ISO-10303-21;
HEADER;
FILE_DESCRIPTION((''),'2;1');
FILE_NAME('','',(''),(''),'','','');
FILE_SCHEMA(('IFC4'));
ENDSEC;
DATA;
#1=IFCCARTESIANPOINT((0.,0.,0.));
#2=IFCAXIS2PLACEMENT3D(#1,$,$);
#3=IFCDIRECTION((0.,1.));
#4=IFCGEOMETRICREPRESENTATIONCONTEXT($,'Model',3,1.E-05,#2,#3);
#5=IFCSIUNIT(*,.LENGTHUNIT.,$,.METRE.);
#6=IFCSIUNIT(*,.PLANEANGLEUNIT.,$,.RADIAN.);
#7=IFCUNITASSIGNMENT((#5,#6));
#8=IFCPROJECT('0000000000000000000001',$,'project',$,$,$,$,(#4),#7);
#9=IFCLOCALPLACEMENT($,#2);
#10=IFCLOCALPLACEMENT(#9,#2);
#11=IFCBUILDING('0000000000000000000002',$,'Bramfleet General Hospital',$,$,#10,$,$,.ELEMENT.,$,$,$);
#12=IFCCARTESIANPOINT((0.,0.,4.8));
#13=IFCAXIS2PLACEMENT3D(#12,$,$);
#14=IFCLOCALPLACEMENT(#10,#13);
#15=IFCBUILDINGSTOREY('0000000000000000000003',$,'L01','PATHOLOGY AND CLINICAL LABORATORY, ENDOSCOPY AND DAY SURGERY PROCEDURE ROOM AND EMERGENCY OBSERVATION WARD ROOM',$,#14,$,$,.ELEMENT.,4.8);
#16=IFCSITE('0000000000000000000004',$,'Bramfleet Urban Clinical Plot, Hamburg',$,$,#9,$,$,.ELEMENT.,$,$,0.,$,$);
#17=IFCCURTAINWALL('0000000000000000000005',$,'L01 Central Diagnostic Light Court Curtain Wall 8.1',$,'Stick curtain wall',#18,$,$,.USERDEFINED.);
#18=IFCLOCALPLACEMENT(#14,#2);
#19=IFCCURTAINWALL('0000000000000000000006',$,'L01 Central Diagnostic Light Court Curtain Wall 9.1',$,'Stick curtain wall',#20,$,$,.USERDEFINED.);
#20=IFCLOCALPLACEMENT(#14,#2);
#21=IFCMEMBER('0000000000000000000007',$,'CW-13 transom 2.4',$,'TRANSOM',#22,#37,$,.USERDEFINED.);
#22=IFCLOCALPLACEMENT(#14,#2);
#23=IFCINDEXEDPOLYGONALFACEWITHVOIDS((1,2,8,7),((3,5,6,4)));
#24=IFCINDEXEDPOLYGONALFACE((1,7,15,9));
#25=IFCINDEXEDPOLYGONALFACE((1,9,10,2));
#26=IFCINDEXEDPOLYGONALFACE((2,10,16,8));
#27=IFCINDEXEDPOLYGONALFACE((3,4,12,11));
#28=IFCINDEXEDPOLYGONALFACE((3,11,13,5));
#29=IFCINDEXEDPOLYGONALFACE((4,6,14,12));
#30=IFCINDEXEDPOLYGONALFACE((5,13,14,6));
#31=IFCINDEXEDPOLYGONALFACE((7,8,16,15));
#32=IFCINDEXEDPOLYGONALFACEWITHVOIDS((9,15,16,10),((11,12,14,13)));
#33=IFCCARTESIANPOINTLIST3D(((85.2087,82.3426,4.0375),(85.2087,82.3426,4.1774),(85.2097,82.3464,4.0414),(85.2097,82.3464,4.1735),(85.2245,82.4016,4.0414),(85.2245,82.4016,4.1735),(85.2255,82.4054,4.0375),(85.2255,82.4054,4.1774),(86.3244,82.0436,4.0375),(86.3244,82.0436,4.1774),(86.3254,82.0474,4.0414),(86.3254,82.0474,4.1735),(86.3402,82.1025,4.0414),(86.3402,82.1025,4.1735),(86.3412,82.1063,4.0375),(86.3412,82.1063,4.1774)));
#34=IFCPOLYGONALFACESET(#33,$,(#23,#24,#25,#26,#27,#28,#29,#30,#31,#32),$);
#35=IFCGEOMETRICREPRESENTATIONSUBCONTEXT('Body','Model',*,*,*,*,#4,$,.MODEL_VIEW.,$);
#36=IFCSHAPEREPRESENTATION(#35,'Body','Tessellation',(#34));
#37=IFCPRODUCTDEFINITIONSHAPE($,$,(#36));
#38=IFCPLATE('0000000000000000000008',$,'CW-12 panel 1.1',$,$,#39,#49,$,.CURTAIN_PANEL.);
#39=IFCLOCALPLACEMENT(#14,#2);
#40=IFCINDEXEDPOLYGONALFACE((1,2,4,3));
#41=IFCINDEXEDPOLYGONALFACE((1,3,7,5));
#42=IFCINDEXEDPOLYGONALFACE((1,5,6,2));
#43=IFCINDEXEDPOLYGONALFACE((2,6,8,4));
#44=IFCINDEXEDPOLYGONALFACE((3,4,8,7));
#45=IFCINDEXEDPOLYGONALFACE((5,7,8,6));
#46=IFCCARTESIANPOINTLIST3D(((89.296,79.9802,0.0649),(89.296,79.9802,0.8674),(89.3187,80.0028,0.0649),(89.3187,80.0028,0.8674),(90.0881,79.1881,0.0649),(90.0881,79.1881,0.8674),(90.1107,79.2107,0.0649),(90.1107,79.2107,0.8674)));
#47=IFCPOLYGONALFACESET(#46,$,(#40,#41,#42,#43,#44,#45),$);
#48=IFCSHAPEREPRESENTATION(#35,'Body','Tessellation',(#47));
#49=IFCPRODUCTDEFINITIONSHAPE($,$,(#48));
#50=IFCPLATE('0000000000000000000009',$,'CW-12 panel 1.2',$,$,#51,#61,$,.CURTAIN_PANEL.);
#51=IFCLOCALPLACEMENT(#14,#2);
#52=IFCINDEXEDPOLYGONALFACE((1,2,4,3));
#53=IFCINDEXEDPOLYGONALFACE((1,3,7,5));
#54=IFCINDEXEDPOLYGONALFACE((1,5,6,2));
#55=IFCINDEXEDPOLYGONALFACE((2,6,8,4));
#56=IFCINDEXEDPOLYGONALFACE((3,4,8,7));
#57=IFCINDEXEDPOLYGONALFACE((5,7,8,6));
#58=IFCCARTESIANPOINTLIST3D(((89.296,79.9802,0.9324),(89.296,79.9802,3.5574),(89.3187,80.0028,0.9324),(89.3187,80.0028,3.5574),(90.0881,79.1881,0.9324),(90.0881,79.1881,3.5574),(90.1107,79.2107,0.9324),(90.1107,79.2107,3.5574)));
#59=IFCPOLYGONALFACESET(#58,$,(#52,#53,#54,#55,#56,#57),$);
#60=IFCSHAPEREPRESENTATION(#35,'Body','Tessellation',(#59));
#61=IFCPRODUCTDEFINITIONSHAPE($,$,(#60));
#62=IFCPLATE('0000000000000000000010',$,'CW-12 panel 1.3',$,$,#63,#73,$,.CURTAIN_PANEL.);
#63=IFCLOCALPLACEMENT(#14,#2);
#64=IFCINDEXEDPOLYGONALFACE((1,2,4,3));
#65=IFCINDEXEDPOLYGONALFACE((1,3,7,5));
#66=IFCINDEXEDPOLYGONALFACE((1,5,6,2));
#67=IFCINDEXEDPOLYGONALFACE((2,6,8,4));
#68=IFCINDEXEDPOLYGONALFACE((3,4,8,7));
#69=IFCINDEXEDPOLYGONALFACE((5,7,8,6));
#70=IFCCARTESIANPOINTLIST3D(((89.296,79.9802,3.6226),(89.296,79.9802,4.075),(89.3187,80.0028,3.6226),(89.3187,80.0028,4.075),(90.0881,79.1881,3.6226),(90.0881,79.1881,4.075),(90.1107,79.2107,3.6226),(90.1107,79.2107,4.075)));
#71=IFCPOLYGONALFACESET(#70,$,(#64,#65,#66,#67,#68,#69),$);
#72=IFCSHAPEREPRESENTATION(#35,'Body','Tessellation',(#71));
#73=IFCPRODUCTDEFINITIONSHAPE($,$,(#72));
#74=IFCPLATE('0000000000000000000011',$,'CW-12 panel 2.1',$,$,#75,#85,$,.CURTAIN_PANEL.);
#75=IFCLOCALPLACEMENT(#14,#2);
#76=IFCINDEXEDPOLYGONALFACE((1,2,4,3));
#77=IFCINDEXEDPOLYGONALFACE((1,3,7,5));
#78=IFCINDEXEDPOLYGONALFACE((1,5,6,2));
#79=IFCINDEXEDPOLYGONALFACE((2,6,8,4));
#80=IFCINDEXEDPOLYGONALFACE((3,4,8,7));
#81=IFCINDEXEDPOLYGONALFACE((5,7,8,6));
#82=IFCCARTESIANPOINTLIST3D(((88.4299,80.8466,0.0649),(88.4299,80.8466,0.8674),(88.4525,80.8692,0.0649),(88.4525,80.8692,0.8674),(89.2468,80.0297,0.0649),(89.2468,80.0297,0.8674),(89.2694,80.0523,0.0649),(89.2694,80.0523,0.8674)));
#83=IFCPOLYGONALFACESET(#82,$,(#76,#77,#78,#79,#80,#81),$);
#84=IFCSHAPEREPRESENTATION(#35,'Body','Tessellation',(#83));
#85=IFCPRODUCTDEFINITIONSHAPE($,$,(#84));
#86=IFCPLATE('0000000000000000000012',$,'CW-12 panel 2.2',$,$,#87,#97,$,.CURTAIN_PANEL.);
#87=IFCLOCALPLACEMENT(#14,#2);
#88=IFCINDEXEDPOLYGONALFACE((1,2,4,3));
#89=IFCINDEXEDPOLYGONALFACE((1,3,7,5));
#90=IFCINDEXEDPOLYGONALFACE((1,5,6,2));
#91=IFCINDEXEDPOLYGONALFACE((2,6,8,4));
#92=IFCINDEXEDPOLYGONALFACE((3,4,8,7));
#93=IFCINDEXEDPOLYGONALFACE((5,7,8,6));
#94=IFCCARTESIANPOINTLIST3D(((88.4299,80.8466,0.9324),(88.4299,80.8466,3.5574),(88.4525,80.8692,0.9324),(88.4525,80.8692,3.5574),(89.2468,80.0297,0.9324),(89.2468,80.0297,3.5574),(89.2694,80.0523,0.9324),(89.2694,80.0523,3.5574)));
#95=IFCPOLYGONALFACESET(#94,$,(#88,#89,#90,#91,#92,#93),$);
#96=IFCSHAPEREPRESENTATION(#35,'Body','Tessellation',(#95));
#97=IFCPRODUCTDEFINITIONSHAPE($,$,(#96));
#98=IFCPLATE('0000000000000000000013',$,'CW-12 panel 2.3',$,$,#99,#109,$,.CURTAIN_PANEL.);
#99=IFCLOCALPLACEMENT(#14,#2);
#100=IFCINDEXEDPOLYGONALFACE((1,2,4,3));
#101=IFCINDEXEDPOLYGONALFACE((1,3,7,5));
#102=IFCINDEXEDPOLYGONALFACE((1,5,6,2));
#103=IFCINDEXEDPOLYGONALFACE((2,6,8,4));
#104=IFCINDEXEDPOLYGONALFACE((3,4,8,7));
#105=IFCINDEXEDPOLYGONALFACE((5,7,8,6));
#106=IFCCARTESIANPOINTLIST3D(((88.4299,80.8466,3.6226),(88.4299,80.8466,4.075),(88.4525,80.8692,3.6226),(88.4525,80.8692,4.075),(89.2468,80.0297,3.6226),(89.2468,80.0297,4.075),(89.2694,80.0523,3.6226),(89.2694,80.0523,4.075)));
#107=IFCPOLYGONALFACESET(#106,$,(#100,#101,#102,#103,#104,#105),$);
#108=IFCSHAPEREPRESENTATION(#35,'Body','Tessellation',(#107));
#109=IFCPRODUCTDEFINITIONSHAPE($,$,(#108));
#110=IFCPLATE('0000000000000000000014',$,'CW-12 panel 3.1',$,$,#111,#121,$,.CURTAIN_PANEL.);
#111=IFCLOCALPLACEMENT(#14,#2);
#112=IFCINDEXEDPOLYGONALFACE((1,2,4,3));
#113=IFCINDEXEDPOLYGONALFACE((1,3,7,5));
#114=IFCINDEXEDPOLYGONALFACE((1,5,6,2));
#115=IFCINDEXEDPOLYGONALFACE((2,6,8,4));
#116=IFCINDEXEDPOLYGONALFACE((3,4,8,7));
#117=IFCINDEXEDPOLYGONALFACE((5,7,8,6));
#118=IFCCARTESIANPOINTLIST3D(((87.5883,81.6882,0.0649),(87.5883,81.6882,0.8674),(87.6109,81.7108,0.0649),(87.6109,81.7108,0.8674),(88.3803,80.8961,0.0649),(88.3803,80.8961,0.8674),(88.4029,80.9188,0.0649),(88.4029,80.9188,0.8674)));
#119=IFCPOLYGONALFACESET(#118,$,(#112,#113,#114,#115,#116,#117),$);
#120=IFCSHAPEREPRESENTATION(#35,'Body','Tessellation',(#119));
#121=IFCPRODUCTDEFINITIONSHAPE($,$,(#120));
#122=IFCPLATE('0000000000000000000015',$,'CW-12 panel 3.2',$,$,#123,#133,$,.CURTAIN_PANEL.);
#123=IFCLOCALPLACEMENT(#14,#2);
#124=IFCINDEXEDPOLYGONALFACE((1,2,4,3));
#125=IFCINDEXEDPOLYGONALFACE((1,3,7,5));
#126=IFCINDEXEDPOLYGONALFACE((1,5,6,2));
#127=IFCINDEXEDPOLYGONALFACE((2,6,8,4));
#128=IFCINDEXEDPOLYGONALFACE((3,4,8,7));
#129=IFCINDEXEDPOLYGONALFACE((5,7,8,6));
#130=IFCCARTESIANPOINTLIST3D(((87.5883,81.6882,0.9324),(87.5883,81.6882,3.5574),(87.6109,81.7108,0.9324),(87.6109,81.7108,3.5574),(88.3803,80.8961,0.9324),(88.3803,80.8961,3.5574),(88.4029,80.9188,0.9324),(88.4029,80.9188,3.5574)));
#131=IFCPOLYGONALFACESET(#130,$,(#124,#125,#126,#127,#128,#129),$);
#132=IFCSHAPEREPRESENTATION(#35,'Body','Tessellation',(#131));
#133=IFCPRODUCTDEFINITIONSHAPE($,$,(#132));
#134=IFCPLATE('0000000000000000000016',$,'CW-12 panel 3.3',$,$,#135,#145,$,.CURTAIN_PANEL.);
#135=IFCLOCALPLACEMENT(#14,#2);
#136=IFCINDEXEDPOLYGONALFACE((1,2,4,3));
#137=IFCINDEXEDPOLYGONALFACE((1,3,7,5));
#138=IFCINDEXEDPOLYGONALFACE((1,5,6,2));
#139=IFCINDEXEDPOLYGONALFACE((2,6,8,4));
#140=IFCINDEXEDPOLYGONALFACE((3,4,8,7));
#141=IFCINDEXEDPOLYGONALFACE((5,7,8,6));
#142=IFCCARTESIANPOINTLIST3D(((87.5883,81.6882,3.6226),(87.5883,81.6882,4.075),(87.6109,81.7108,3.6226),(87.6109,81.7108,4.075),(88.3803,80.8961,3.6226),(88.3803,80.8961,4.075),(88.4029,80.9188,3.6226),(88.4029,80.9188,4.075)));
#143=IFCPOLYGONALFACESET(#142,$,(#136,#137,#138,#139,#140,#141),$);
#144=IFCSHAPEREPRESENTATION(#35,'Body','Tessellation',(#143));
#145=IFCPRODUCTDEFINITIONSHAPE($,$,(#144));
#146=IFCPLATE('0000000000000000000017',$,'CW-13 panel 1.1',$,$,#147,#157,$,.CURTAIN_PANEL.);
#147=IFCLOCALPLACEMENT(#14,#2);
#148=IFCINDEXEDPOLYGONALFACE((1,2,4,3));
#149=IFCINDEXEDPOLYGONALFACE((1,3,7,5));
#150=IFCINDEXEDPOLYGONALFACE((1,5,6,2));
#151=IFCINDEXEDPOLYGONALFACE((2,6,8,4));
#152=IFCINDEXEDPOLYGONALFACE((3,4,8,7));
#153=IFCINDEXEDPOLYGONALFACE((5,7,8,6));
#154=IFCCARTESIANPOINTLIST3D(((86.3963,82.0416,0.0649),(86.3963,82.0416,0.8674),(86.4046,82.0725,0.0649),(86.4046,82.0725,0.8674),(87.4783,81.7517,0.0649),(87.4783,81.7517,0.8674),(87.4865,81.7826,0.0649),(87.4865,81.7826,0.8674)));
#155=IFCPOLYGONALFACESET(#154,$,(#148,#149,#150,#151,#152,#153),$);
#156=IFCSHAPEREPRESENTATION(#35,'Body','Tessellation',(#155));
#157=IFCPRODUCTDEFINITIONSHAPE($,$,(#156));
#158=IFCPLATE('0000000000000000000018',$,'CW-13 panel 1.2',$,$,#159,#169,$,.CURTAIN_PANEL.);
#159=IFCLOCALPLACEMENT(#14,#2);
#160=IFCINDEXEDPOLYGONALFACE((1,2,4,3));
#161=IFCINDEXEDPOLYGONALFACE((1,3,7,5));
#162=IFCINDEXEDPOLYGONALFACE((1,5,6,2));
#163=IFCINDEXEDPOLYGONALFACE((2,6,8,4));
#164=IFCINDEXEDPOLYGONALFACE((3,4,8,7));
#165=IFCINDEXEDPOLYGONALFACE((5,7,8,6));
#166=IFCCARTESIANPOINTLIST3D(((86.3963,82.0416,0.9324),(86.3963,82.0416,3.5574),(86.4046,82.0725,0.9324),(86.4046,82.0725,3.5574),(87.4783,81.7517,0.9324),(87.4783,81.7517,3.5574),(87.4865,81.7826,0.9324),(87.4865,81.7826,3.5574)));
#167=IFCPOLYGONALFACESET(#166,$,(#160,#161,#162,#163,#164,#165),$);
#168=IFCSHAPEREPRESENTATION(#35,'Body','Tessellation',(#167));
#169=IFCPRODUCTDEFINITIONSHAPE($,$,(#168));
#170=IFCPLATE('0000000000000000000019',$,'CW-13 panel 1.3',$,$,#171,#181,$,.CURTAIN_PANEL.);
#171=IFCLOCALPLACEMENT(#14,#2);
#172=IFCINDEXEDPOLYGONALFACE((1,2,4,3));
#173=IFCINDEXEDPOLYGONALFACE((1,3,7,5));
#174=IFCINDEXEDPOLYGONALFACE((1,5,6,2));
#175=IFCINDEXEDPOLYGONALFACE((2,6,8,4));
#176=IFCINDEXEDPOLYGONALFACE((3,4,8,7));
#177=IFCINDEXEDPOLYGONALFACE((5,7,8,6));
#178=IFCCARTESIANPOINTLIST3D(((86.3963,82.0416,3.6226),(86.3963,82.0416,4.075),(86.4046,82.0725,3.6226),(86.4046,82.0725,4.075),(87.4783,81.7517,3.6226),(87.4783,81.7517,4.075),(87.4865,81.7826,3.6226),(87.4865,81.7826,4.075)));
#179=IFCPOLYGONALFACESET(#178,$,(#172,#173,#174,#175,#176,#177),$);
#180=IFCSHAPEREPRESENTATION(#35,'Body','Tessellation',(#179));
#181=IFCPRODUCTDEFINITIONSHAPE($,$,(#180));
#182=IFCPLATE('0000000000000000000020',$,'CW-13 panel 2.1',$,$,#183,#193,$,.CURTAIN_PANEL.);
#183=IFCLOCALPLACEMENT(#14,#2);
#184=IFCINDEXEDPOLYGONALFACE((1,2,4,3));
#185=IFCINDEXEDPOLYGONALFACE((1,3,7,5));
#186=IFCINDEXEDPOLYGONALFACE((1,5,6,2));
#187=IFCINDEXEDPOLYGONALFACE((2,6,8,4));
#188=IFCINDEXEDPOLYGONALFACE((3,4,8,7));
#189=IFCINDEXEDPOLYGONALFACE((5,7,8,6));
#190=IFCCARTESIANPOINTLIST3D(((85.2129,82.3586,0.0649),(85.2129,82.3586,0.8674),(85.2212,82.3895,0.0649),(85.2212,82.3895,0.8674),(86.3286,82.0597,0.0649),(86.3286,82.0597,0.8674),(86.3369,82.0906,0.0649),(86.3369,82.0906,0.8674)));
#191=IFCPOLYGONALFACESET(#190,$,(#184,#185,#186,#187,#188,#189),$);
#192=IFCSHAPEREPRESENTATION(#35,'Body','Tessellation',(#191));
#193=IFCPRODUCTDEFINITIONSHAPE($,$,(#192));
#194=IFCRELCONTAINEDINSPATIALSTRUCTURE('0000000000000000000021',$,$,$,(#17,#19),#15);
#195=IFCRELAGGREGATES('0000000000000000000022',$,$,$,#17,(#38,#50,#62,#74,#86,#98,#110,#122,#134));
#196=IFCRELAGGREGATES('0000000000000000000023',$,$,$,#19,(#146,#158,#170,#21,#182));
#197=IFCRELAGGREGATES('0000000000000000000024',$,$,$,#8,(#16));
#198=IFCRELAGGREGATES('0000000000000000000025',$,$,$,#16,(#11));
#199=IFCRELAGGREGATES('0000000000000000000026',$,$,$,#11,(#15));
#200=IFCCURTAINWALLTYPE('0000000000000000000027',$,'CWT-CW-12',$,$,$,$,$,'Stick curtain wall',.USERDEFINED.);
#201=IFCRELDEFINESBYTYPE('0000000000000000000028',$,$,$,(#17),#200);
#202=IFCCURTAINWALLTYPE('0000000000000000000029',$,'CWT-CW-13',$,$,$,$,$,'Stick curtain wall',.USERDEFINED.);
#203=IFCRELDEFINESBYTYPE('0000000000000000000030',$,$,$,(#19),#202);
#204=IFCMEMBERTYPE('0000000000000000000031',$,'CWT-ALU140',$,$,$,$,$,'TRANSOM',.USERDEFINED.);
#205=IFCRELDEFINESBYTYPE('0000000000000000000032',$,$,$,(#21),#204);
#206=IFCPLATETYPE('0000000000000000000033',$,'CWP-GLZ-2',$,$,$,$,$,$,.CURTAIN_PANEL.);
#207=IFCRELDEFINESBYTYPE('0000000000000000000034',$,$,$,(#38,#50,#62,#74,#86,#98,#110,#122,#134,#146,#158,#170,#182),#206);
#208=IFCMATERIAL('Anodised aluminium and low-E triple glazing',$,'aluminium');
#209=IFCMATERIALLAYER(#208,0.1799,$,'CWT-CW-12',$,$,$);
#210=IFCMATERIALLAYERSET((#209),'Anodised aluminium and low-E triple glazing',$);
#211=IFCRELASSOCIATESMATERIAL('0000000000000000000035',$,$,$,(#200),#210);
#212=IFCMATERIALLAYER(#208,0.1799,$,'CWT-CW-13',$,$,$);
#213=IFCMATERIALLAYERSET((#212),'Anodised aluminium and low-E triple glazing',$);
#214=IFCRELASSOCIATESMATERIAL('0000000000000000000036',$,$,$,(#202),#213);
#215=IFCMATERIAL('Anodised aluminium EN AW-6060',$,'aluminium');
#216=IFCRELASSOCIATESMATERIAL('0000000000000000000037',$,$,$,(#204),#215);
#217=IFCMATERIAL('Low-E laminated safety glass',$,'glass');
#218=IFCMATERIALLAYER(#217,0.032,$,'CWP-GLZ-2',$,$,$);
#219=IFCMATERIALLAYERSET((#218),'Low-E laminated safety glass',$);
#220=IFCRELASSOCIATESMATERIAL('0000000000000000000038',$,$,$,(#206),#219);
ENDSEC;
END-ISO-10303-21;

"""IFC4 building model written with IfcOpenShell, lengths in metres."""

from ifc_helpers import new_model, si_unit, direction, frame, origin, origin_2d, place, context, subcontext, project, spatial, rectangle, hollow_rectangle, extrude, material, layer, layer_set, material_profile, profile_set, type_object, element, aggregate, save


model = new_model("IFC4")

# Units and contexts
model_context = context("Model", 3, precision=1e-05, world=origin(), true_north=direction((0.0, 1.0)))
body_context = subcontext(model_context, "Body", "Model", "MODEL_VIEW")
ifc_project = project(units=[si_unit("LENGTHUNIT", "METRE"), si_unit("PLANEANGLEUNIT", "RADIAN")], contexts=[model_context])

# Site, building, storey
site_placement = place(None, origin())
site = spatial("IfcSite", under=ifc_project, at=site_placement, Name="Bramfleet Urban Clinical Plot, Hamburg", CompositionType="ELEMENT", RefElevation=0.0)
building_placement = place(site_placement, origin())
building = spatial("IfcBuilding", under=site, at=building_placement, Name="Bramfleet General Hospital", CompositionType="ELEMENT")
storey_placement = place(building_placement, frame((0.0, 0.0, 4.8)))
storey = spatial("IfcBuildingStorey", under=building, at=storey_placement, Name="L01", Description="PATHOLOGY AND CLINICAL LABORATORY, ENDOSCOPY AND DAY SURGERY PROCEDURE ROOM AND EMERGENCY OBSERVATION WARD ROOM", CompositionType="ELEMENT", Elevation=4.8)

# Curtain walls
ifc_material_1 = material(Name="Anodised aluminium and low-E triple glazing", Category="aluminium")
ifc_layer_1 = layer(ifc_material_1, 0.1799, Name="CWT-CW-12")
ifc_layer_set_1 = layer_set([ifc_layer_1], Name="Anodised aluminium and low-E triple glazing")
curtain_wall_type_1 = type_object("IfcCurtainWallType", Name="CWT-CW-12", ElementType="Stick curtain wall", PredefinedType="USERDEFINED", material=ifc_layer_set_1)
curtain_wall_1_placement = place(storey_placement, origin())
curtain_wall_1 = element("IfcCurtainWall", 1, at=curtain_wall_1_placement, inside=storey, type_object=curtain_wall_type_1, Name="L01 Central Diagnostic Light Court Curtain Wall 8.1", ObjectType="Stick curtain wall", PredefinedType="USERDEFINED")
ifc_material_2 = material(Name="Anodised aluminium EN AW-6060", Category="aluminium")
ifc_layer_2 = layer(ifc_material_1, 0.1799, Name="CWT-CW-13")
ifc_layer_set_2 = layer_set([ifc_layer_2], Name="Anodised aluminium and low-E triple glazing")
curtain_wall_type_2 = type_object("IfcCurtainWallType", Name="CWT-CW-13", ElementType="Stick curtain wall", PredefinedType="USERDEFINED", material=ifc_layer_set_2)
curtain_wall_2_placement = place(storey_placement, origin())
curtain_wall_2 = element("IfcCurtainWall", 2, at=curtain_wall_2_placement, inside=storey, type_object=curtain_wall_type_2, Name="L01 Central Diagnostic Light Court Curtain Wall 9.1", ObjectType="Stick curtain wall", PredefinedType="USERDEFINED")

# Member
ifc_material_profile_1 = material_profile(ifc_material_2, hollow_rectangle(XDim=0.0649, YDim=0.1399, WallThickness=0.0039, at=origin_2d()), Name="ALU 140x65x4.0")
ifc_profile_set_1 = profile_set([ifc_material_profile_1], Name="Anodised aluminium EN AW-6060")
member_type_1 = type_object("IfcMemberType", Name="CWT-ALU140", ElementType="TRANSOM", PredefinedType="USERDEFINED", material=ifc_profile_set_1)
member_1_placement = place(storey_placement, frame((86.3328, 82.075, 4.1074), z_axis=(-0.965901, 0.258912, 0.0), x_axis=(-0.258912, -0.965901, 0.0)))
member_1 = element("IfcMember", 3, at=member_1_placement, type_object=member_type_1, Name="CW-13 transom 2.4", ObjectType="TRANSOM", PredefinedType="USERDEFINED", context=body_context, shape_type="SweptSolid", body=[
    extrude(hollow_rectangle(XDim=0.0649, YDim=0.1399, WallThickness=0.0039, at=origin_2d()), origin(), (0.0, 0.0, 1.0), 1.155),
])

# Plates
ifc_material_3 = material(Name="Low-E laminated safety glass", Category="glass")
ifc_layer_3 = layer(ifc_material_3, 0.032, Name="CWP-GLZ-2")
ifc_layer_set_3 = layer_set([ifc_layer_3], Name="Low-E laminated safety glass")
plate_type = type_object("IfcPlateType", Name="CWP-GLZ-2", PredefinedType="CURTAIN_PANEL", material=ifc_layer_set_3)
plate_1_placement = place(storey_placement, frame((89.7034, 79.5955, 0.0649), z_axis=(0.0, 0.0, 1.0), x_axis=(-0.707107, 0.707107, 0.0)))
plate_1 = element("IfcPlate", 4, at=plate_1_placement, type_object=plate_type, Name="CW-12 panel 1.1", PredefinedType="CURTAIN_PANEL", context=body_context, shape_type="SweptSolid", body=[
    extrude(rectangle(XDim=1.1201, YDim=0.032, at=origin_2d()), origin(), (0.0, 0.0, 1.0), 0.8025),
])
plate_2_placement = place(storey_placement, frame((89.7034, 79.5955, 0.9324), z_axis=(0.0, 0.0, 1.0), x_axis=(-0.707107, 0.707107, 0.0)))
plate_2 = element("IfcPlate", 5, at=plate_2_placement, type_object=plate_type, Name="CW-12 panel 1.2", PredefinedType="CURTAIN_PANEL", context=body_context, shape_type="SweptSolid", body=[
    extrude(rectangle(XDim=1.1201, YDim=0.032, at=origin_2d()), origin(), (0.0, 0.0, 1.0), 2.625),
])
plate_3_placement = place(storey_placement, frame((89.7034, 79.5955, 3.6226), z_axis=(0.0, 0.0, 1.0), x_axis=(-0.707107, 0.707107, 0.0)))
plate_3 = element("IfcPlate", 6, at=plate_3_placement, type_object=plate_type, Name="CW-12 panel 1.3", PredefinedType="CURTAIN_PANEL", context=body_context, shape_type="SweptSolid", body=[
    extrude(rectangle(XDim=1.1201, YDim=0.032, at=origin_2d()), origin(), (0.0, 0.0, 1.0), 0.4524),
])
plate_4_placement = place(storey_placement, frame((88.8496, 80.4495, 0.0649), z_axis=(0.0, 0.0, 1.0), x_axis=(-0.707107, 0.707107, 0.0)))
plate_4 = element("IfcPlate", 7, at=plate_4_placement, type_object=plate_type, Name="CW-12 panel 2.1", PredefinedType="CURTAIN_PANEL", context=body_context, shape_type="SweptSolid", body=[
    extrude(rectangle(XDim=1.1553, YDim=0.032, at=origin_2d()), origin(), (0.0, 0.0, 1.0), 0.8025),
])
plate_5_placement = place(storey_placement, frame((88.8496, 80.4495, 0.9324), z_axis=(0.0, 0.0, 1.0), x_axis=(-0.707107, 0.707107, 0.0)))
plate_5 = element("IfcPlate", 8, at=plate_5_placement, type_object=plate_type, Name="CW-12 panel 2.2", PredefinedType="CURTAIN_PANEL", context=body_context, shape_type="SweptSolid", body=[
    extrude(rectangle(XDim=1.1553, YDim=0.032, at=origin_2d()), origin(), (0.0, 0.0, 1.0), 2.625),
])
plate_6_placement = place(storey_placement, frame((88.8496, 80.4495, 3.6226), z_axis=(0.0, 0.0, 1.0), x_axis=(-0.707107, 0.707107, 0.0)))
plate_6 = element("IfcPlate", 9, at=plate_6_placement, type_object=plate_type, Name="CW-12 panel 2.3", PredefinedType="CURTAIN_PANEL", context=body_context, shape_type="SweptSolid", body=[
    extrude(rectangle(XDim=1.1553, YDim=0.032, at=origin_2d()), origin(), (0.0, 0.0, 1.0), 0.4524),
])
plate_7_placement = place(storey_placement, frame((87.9956, 81.3035, 0.0649), z_axis=(0.0, 0.0, 1.0), x_axis=(-0.707107, 0.707107, 0.0)))
plate_7 = element("IfcPlate", 10, at=plate_7_placement, type_object=plate_type, Name="CW-12 panel 3.1", PredefinedType="CURTAIN_PANEL", context=body_context, shape_type="SweptSolid", body=[
    extrude(rectangle(XDim=1.1201, YDim=0.032, at=origin_2d()), origin(), (0.0, 0.0, 1.0), 0.8025),
])
plate_8_placement = place(storey_placement, frame((87.9956, 81.3035, 0.9324), z_axis=(0.0, 0.0, 1.0), x_axis=(-0.707107, 0.707107, 0.0)))
plate_8 = element("IfcPlate", 11, at=plate_8_placement, type_object=plate_type, Name="CW-12 panel 3.2", PredefinedType="CURTAIN_PANEL", context=body_context, shape_type="SweptSolid", body=[
    extrude(rectangle(XDim=1.1201, YDim=0.032, at=origin_2d()), origin(), (0.0, 0.0, 1.0), 2.625),
])
plate_9_placement = place(storey_placement, frame((87.9956, 81.3035, 3.6226), z_axis=(0.0, 0.0, 1.0), x_axis=(-0.707107, 0.707107, 0.0)))
plate_9 = element("IfcPlate", 12, at=plate_9_placement, type_object=plate_type, Name="CW-12 panel 3.3", PredefinedType="CURTAIN_PANEL", context=body_context, shape_type="SweptSolid", body=[
    extrude(rectangle(XDim=1.1201, YDim=0.032, at=origin_2d()), origin(), (0.0, 0.0, 1.0), 0.4524),
])
aggregate(curtain_wall_1, [plate_1, plate_2, plate_3, plate_4, plate_5, plate_6, plate_7, plate_8, plate_9])
plate_10_placement = place(storey_placement, frame((86.9414, 81.9121, 0.0649), z_axis=(0.0, 0.0, 1.0), x_axis=(-0.965941, 0.258763, 0.0)))
plate_10 = element("IfcPlate", 13, at=plate_10_placement, type_object=plate_type, Name="CW-13 panel 1.1", PredefinedType="CURTAIN_PANEL", context=body_context, shape_type="SweptSolid", body=[
    extrude(rectangle(XDim=1.1201, YDim=0.032, at=origin_2d()), origin(), (0.0, 0.0, 1.0), 0.8025),
])
plate_11_placement = place(storey_placement, frame((86.9414, 81.9121, 0.9324), z_axis=(0.0, 0.0, 1.0), x_axis=(-0.965941, 0.258763, 0.0)))
plate_11 = element("IfcPlate", 14, at=plate_11_placement, type_object=plate_type, Name="CW-13 panel 1.2", PredefinedType="CURTAIN_PANEL", context=body_context, shape_type="SweptSolid", body=[
    extrude(rectangle(XDim=1.1201, YDim=0.032, at=origin_2d()), origin(), (0.0, 0.0, 1.0), 2.625),
])
plate_12_placement = place(storey_placement, frame((86.9414, 81.9121, 3.6226), z_axis=(0.0, 0.0, 1.0), x_axis=(-0.965941, 0.258763, 0.0)))
plate_12 = element("IfcPlate", 15, at=plate_12_placement, type_object=plate_type, Name="CW-13 panel 1.3", PredefinedType="CURTAIN_PANEL", context=body_context, shape_type="SweptSolid", body=[
    extrude(rectangle(XDim=1.1201, YDim=0.032, at=origin_2d()), origin(), (0.0, 0.0, 1.0), 0.4524),
])
plate_13_placement = place(storey_placement, frame((85.7749, 82.2246, 0.0649), z_axis=(0.0, 0.0, 1.0), x_axis=(-0.965941, 0.258763, 0.0)))
plate_13 = element("IfcPlate", 16, at=plate_13_placement, type_object=plate_type, Name="CW-13 panel 2.1", PredefinedType="CURTAIN_PANEL", context=body_context, shape_type="SweptSolid", body=[
    extrude(rectangle(XDim=1.155, YDim=0.032, at=origin_2d()), origin(), (0.0, 0.0, 1.0), 0.8025),
])
aggregate(curtain_wall_2, [plate_10, plate_11, plate_12, member_1, plate_13])

save(model, "model.ifc")
